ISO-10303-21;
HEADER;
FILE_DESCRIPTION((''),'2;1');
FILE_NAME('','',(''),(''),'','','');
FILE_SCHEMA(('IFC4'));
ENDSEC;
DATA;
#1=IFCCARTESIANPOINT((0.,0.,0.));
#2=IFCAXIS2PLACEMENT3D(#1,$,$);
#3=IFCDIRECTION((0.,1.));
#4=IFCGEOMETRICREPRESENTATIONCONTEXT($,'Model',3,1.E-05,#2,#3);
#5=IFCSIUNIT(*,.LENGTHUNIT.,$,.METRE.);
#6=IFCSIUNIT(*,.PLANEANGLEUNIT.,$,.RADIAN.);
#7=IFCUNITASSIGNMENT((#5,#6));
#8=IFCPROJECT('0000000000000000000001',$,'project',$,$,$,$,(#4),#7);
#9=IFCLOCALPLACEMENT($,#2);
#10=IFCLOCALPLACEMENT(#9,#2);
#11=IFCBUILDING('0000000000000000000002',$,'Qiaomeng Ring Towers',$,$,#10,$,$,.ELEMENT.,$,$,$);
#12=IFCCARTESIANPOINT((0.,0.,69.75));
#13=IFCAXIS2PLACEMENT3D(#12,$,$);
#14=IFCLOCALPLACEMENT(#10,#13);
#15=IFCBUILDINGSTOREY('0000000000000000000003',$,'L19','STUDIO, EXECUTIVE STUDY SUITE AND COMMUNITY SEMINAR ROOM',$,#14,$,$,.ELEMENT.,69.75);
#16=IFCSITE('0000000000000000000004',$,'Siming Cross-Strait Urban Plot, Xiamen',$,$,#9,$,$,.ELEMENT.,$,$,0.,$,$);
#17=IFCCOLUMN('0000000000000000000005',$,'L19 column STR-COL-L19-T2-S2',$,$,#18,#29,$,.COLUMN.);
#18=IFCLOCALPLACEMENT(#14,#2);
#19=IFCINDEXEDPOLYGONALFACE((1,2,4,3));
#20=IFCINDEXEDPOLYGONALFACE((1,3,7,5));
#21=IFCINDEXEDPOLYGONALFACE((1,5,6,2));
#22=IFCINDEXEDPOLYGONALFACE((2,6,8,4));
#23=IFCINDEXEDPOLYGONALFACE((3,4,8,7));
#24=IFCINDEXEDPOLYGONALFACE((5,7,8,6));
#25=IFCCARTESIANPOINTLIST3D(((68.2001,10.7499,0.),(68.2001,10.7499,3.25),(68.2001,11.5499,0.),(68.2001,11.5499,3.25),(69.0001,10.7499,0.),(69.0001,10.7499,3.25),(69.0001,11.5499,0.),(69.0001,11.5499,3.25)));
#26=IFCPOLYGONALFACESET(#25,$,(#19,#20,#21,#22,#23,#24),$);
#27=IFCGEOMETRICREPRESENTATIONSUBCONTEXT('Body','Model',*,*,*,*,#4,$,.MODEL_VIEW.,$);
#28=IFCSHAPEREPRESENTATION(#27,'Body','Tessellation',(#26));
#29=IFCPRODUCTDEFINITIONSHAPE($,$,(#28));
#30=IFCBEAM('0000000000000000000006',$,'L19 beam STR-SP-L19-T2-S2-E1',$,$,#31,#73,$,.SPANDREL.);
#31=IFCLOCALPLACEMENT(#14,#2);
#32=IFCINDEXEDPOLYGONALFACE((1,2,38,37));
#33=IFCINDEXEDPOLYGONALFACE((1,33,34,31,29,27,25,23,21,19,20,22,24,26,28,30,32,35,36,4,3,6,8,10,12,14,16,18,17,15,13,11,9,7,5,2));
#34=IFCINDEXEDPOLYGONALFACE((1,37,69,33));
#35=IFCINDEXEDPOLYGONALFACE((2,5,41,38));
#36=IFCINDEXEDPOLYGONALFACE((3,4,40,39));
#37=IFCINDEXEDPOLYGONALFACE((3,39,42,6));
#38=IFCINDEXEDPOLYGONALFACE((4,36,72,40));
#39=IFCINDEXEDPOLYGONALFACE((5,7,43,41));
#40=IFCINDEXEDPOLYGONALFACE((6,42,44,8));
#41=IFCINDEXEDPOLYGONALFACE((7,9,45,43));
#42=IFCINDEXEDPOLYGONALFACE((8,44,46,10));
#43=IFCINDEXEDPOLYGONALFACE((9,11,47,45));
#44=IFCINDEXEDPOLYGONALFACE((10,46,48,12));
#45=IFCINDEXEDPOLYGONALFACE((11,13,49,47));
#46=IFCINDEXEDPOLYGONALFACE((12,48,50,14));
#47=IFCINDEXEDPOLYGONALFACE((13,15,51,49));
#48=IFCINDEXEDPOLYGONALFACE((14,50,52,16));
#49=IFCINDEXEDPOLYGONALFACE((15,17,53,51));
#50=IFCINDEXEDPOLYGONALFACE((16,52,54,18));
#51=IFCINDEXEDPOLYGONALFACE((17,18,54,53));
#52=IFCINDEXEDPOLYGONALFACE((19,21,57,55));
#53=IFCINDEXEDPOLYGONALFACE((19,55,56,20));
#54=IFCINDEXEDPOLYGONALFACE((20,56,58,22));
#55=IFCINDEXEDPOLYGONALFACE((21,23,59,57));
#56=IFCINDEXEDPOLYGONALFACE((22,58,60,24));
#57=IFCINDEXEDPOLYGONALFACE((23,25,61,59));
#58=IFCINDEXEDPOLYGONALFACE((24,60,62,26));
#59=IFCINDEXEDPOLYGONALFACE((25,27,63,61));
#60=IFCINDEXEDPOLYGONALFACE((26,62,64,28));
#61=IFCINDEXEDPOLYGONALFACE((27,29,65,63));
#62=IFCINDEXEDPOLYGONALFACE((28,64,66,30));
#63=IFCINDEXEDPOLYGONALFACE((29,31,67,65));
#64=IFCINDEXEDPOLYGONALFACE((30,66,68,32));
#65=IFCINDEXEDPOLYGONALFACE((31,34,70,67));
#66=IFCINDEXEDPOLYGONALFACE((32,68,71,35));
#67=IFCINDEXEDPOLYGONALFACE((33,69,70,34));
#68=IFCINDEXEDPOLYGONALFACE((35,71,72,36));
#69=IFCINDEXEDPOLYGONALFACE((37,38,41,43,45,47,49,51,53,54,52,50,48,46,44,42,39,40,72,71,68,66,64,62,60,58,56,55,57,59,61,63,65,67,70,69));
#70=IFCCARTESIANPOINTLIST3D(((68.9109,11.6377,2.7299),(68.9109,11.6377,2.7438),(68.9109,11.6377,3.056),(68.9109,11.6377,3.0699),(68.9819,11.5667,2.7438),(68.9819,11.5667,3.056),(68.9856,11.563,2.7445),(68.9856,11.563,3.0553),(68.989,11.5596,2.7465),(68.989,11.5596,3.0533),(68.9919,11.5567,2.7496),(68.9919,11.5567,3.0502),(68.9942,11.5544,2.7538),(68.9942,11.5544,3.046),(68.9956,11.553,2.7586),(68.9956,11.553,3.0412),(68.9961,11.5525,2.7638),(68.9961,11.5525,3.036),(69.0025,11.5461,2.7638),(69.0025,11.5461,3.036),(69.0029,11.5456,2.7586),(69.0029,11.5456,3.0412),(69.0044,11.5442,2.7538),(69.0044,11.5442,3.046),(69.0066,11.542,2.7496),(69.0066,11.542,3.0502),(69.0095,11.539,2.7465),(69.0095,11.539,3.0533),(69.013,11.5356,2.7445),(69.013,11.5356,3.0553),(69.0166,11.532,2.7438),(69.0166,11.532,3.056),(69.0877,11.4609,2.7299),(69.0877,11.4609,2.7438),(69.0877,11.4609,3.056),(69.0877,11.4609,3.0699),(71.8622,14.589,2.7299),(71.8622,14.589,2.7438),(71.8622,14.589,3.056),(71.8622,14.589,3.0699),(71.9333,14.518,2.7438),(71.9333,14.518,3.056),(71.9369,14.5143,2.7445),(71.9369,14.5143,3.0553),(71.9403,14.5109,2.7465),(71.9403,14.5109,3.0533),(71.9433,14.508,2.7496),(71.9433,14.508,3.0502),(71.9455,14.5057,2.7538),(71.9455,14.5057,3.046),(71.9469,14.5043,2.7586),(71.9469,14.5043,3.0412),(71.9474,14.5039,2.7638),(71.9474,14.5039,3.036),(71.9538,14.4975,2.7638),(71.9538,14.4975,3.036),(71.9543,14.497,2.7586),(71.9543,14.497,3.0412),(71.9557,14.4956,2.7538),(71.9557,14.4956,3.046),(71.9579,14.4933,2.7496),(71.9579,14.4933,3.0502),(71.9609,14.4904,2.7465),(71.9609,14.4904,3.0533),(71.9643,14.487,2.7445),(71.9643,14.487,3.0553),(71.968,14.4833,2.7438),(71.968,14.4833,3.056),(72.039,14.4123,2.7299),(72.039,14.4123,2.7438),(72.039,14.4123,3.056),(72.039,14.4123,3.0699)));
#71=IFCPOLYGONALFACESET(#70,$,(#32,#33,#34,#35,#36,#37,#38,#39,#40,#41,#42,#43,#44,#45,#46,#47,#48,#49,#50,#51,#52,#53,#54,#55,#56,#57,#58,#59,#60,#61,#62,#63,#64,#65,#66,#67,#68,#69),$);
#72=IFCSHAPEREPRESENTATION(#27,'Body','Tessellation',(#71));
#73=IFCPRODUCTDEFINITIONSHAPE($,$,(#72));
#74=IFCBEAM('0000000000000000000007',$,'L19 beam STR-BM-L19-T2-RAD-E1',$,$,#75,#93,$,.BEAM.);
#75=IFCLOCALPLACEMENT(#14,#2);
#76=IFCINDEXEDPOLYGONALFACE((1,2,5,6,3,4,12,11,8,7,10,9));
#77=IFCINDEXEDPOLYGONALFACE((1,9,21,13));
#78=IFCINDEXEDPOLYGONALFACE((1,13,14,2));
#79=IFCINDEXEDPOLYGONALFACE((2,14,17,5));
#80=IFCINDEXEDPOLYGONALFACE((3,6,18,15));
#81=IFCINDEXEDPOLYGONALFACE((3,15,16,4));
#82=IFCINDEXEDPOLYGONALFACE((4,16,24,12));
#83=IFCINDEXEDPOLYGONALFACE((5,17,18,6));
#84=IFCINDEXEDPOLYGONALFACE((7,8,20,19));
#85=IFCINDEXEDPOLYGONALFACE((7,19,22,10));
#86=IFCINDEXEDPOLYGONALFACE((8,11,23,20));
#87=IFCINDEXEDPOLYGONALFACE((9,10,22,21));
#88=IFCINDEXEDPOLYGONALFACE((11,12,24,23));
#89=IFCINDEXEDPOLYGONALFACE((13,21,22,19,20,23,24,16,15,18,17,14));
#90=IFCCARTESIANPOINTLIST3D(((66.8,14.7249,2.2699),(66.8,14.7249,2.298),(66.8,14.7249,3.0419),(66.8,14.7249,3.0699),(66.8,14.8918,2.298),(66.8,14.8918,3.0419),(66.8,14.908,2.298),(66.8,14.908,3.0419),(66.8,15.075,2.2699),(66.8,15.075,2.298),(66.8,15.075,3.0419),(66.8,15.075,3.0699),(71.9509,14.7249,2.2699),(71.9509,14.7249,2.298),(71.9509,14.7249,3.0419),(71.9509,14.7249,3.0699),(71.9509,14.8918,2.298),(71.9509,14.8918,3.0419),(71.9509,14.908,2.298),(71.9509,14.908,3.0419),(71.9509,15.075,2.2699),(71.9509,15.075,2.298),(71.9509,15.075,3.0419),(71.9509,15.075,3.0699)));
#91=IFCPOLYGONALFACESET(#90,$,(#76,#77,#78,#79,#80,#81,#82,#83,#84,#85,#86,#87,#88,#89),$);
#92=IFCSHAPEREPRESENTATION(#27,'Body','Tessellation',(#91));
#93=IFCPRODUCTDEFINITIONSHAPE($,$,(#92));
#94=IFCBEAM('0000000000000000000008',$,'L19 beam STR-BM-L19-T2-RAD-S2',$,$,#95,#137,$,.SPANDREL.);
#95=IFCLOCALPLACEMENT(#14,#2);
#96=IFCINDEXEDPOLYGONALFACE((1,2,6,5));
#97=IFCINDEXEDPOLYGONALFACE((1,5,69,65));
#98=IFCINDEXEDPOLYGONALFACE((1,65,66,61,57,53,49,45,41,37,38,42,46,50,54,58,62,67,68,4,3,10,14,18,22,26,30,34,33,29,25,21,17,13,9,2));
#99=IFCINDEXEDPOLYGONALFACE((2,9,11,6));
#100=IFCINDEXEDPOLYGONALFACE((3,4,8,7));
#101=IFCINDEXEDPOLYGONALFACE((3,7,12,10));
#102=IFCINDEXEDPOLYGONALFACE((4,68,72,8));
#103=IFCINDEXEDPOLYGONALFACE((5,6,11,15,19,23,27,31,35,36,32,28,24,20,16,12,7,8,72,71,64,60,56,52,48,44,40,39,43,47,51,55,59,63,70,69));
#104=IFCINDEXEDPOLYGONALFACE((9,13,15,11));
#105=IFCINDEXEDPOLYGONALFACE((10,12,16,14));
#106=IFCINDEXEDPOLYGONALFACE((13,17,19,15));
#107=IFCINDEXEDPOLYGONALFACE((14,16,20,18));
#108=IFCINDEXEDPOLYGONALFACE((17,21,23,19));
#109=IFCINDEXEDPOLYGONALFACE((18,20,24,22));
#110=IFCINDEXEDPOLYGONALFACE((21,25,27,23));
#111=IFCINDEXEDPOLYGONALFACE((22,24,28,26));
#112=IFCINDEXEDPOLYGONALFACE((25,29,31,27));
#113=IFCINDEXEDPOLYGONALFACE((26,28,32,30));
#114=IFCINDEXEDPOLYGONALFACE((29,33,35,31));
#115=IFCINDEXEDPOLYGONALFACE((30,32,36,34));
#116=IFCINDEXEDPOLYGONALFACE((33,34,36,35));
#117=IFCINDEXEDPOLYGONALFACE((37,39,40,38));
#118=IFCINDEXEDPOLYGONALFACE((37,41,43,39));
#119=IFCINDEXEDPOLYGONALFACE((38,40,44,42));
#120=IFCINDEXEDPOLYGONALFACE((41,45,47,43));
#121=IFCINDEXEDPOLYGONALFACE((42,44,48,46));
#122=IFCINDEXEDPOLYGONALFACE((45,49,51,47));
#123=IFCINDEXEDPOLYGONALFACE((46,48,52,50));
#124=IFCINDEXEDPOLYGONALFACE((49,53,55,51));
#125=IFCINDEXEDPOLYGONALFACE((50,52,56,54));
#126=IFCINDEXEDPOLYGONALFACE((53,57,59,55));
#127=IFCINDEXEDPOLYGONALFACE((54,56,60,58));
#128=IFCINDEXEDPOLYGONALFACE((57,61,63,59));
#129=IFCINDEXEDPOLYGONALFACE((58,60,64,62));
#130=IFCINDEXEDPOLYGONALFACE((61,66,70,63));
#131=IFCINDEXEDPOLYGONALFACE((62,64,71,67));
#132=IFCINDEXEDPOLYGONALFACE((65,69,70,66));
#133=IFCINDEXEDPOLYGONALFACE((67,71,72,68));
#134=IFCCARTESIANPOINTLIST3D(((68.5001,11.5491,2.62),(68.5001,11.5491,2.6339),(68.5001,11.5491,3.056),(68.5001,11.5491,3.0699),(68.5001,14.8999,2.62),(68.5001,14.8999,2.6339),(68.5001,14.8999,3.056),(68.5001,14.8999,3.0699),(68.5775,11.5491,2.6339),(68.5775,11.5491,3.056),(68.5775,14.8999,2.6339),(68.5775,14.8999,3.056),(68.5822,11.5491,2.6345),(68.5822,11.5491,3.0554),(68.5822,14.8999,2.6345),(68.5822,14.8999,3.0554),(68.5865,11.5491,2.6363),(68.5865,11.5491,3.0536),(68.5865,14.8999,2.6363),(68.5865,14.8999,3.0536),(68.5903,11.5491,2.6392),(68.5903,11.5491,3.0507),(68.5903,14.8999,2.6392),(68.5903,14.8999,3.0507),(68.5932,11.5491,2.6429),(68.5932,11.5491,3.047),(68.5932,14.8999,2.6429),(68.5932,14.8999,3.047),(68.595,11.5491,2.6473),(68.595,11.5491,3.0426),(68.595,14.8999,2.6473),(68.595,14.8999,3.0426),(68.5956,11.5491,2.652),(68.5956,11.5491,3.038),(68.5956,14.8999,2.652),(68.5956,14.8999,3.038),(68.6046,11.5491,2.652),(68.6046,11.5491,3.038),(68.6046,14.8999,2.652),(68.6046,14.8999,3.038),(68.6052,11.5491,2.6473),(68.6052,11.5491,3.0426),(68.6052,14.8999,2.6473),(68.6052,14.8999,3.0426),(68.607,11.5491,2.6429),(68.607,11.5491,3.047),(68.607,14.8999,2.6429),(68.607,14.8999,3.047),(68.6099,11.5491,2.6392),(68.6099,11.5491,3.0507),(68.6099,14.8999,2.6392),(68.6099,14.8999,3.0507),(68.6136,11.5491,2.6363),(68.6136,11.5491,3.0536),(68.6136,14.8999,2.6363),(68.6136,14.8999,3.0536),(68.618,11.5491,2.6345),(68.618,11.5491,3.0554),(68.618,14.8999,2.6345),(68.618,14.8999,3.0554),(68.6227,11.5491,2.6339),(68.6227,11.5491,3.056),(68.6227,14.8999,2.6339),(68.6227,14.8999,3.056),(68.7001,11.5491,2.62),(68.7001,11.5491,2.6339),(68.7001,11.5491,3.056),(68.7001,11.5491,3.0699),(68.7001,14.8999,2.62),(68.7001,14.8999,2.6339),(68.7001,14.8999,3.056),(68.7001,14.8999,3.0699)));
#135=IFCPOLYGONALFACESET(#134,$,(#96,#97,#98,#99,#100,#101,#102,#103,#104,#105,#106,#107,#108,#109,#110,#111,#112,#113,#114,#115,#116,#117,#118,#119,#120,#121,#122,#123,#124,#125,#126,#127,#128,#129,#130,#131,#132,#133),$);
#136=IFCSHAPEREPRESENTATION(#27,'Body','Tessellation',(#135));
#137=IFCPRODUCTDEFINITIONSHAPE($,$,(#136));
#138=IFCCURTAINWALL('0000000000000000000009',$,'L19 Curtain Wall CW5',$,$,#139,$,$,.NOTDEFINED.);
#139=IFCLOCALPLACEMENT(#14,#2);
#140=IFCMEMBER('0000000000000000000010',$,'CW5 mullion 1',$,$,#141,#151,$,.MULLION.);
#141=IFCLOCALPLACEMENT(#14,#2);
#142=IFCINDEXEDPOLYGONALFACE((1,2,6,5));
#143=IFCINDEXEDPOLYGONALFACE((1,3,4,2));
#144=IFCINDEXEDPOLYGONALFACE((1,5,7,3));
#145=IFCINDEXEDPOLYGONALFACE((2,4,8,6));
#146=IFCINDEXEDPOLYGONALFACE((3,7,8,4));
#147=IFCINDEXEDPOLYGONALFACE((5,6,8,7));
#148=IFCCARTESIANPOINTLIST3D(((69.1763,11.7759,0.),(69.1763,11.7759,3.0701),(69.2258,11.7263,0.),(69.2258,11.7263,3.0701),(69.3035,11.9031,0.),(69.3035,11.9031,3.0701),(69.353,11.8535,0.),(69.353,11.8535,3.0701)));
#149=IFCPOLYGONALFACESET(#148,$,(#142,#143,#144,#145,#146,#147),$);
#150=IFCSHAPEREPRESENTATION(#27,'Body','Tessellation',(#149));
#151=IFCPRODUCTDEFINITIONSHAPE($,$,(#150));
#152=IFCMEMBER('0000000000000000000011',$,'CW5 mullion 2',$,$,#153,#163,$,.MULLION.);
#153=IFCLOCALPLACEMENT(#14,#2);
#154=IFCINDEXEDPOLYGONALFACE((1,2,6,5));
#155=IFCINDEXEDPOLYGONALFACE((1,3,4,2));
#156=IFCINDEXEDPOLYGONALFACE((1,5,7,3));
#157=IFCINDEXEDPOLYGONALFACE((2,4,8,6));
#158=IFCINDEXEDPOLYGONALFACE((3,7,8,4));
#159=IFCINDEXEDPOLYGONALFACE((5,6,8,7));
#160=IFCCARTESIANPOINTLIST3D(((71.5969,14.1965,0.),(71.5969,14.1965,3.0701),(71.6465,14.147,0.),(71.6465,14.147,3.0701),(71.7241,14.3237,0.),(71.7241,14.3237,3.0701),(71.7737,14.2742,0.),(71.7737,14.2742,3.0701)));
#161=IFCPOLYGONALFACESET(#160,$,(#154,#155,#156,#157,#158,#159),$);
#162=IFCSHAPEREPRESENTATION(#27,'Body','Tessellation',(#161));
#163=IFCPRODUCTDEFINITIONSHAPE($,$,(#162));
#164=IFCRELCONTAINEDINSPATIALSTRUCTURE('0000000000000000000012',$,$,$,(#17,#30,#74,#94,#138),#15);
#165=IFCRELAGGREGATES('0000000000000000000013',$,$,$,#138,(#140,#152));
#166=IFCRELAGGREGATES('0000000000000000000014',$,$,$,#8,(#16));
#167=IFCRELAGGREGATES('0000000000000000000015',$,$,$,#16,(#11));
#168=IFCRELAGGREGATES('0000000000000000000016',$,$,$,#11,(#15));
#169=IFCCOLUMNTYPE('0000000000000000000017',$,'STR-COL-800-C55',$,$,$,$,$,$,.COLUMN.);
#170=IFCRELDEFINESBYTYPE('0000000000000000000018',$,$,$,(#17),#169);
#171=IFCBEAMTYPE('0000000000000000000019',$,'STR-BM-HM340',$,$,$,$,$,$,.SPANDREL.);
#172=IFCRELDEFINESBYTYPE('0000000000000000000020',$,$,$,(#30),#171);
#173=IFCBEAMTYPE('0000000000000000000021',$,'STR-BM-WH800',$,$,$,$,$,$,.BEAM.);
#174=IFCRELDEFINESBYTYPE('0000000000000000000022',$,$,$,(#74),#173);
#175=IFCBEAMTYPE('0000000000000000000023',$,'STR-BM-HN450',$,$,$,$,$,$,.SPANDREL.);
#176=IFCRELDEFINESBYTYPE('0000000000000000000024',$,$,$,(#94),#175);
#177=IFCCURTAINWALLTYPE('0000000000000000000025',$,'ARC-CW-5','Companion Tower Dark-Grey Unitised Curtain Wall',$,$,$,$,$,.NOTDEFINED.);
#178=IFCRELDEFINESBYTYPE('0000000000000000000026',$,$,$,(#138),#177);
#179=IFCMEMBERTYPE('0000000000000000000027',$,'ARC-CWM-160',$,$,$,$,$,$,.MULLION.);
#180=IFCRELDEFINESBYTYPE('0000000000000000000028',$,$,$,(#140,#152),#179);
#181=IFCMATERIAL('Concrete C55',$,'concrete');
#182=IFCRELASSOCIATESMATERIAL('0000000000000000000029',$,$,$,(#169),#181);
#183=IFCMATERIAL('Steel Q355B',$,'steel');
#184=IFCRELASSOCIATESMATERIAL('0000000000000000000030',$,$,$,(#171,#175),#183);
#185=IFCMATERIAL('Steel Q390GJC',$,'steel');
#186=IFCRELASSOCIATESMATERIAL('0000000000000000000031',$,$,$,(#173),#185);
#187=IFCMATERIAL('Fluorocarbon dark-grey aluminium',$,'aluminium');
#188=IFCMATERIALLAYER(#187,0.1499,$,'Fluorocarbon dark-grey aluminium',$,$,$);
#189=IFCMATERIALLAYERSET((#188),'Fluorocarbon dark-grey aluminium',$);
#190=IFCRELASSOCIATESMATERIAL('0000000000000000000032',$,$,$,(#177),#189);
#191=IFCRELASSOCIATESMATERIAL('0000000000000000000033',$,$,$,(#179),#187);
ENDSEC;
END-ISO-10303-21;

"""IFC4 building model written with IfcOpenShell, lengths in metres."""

from ifc_helpers import new_model, si_unit, direction, frame, origin, origin_2d, place, context, subcontext, project, spatial, rectangle, i_section, extrude, source, transform, mapped, material, layer, layer_set, material_profile, profile_set, type_object, element, aggregate, save


model = new_model("IFC4")

# Units and contexts
model_context = context("Model", 3, precision=1e-05, world=origin(), true_north=direction((0.0, 1.0)))
body_context = subcontext(model_context, "Body", "Model", "MODEL_VIEW")
ifc_project = project(units=[si_unit("LENGTHUNIT", "METRE"), si_unit("PLANEANGLEUNIT", "RADIAN")], contexts=[model_context])

# Site, building, storey
site_placement = place(None, origin())
site = spatial("IfcSite", under=ifc_project, at=site_placement, Name="Siming Cross-Strait Urban Plot, Xiamen", CompositionType="ELEMENT", RefElevation=0.0)
building_placement = place(site_placement, origin())
building = spatial("IfcBuilding", under=site, at=building_placement, Name="Qiaomeng Ring Towers", CompositionType="ELEMENT")
storey_placement = place(building_placement, frame((0.0, 0.0, 69.75)))
storey = spatial("IfcBuildingStorey", under=building, at=storey_placement, Name="L19", Description="STUDIO, EXECUTIVE STUDY SUITE AND COMMUNITY SEMINAR ROOM", CompositionType="ELEMENT", Elevation=69.75)

# Column
ifc_material_1 = material(Name="Concrete C55", Category="concrete")
ifc_material_profile_1 = material_profile(ifc_material_1, rectangle(XDim=0.8, YDim=0.8, at=origin_2d()), Name="RC COL 800x800")
ifc_profile_set_1 = profile_set([ifc_material_profile_1], Name="Concrete C55")
column_type = type_object("IfcColumnType", Name="STR-COL-800-C55", PredefinedType="COLUMN", material=ifc_profile_set_1)
shared_shape_1 = source(origin(), body_context, "Body", "SweptSolid", [
    extrude(rectangle(XDim=0.8, YDim=0.8, at=origin_2d()), origin(), (0.0, 0.0, 1.0), 3.25),
])
column_placement = place(storey_placement, frame((68.6001, 11.1499, 0.0), z_axis=(0.0, 0.0, 1.0), x_axis=(1.0, 0.0, 0.0)))
element("IfcColumn", 1, at=column_placement, inside=storey, type_object=column_type, Name="L19 column STR-COL-L19-T2-S2", PredefinedType="COLUMN", context=body_context, shape_type="MappedRepresentation", body=[
    mapped(shared_shape_1, transform((0.0, 0.0, 0.0), x_axis=(1.0, 0.0, 0.0), y_axis=(0.0, 1.0, 0.0), z_axis=(0.0, 0.0, 1.0), scale=1.0)),
])

# Beams
ifc_material_2 = material(Name="Steel Q355B", Category="steel")
ifc_material_profile_2 = material_profile(ifc_material_2, i_section(OverallWidth=0.25, OverallDepth=0.3401, WebThickness=0.009, FlangeThickness=0.0139, FilletRadius=0.02, at=origin_2d()), Name="HM 340x250x9x14")
ifc_profile_set_2 = profile_set([ifc_material_profile_2], Name="Steel Q355B")
beam_type_1 = type_object("IfcBeamType", Name="STR-BM-HM340", PredefinedType="SPANDREL", material=ifc_profile_set_2)
shared_shape_2 = source(origin(), body_context, "Body", "SweptSolid", [
    extrude(i_section(OverallWidth=0.25, OverallDepth=0.3401, WebThickness=0.009, FlangeThickness=0.0139, FilletRadius=0.02, at=origin_2d()), origin(), (0.0, 0.0, 1.0), 4.1738),
])
beam_1_placement = place(storey_placement, frame((68.9993, 11.5493, 2.8999), z_axis=(0.707107, 0.707107, 0.0), x_axis=(-0.707107, 0.707107, 0.0)))
element("IfcBeam", 2, at=beam_1_placement, inside=storey, type_object=beam_type_1, Name="L19 beam STR-SP-L19-T2-S2-E1", PredefinedType="SPANDREL", context=body_context, shape_type="MappedRepresentation", body=[
    mapped(shared_shape_2, transform((0.0, 0.0, 0.0), x_axis=(1.0, 0.0, 0.0), y_axis=(0.0, 1.0, 0.0), z_axis=(0.0, 0.0, 1.0), scale=1.0)),
])
ifc_material_3 = material(Name="Steel Q390GJC", Category="steel")
ifc_material_profile_3 = material_profile(ifc_material_3, i_section(OverallWidth=0.3501, OverallDepth=0.8, WebThickness=0.0161, FlangeThickness=0.0281, at=origin_2d()), Name="WH 800x350x16x28")
ifc_profile_set_3 = profile_set([ifc_material_profile_3], Name="Steel Q390GJC")
beam_type_2 = type_object("IfcBeamType", Name="STR-BM-WH800", PredefinedType="BEAM", material=ifc_profile_set_3)
shared_shape_3 = source(origin(), body_context, "Body", "SweptSolid", [
    extrude(i_section(OverallWidth=0.3501, OverallDepth=0.8, WebThickness=0.0161, FlangeThickness=0.0281, at=origin_2d()), origin(), (0.0, 0.0, 1.0), 5.1509),
])
beam_2_placement = place(storey_placement, frame((66.8, 14.8999, 2.6699), z_axis=(1.0, 0.0, 0.0), x_axis=(0.0, 1.0, 0.0)))
element("IfcBeam", 3, at=beam_2_placement, inside=storey, type_object=beam_type_2, Name="L19 beam STR-BM-L19-T2-RAD-E1", PredefinedType="BEAM", context=body_context, shape_type="MappedRepresentation", body=[
    mapped(shared_shape_3, transform((0.0, 0.0, 0.0), x_axis=(1.0, 0.0, 0.0), y_axis=(0.0, 1.0, 0.0), z_axis=(0.0, 0.0, 1.0), scale=1.0)),
])
ifc_material_profile_4 = material_profile(ifc_material_2, i_section(OverallWidth=0.2, OverallDepth=0.45, WebThickness=0.009, FlangeThickness=0.0139, FilletRadius=0.0181, at=origin_2d()), Name="HN 450x200x9x14")
ifc_profile_set_4 = profile_set([ifc_material_profile_4], Name="Steel Q355B")
beam_type_3 = type_object("IfcBeamType", Name="STR-BM-HN450", PredefinedType="SPANDREL", material=ifc_profile_set_4)
shared_shape_4 = source(origin(), body_context, "Body", "SweptSolid", [
    extrude(i_section(OverallWidth=0.2, OverallDepth=0.45, WebThickness=0.009, FlangeThickness=0.0139, FilletRadius=0.0181, at=origin_2d()), origin(), (0.0, 0.0, 1.0), 3.3508),
])
beam_3_placement = place(storey_placement, frame((68.6001, 11.5491, 2.845), z_axis=(0.0, 1.0, 0.0), x_axis=(-1.0, 0.0, 0.0)))
element("IfcBeam", 4, at=beam_3_placement, inside=storey, type_object=beam_type_3, Name="L19 beam STR-BM-L19-T2-RAD-S2", PredefinedType="SPANDREL", context=body_context, shape_type="MappedRepresentation", body=[
    mapped(shared_shape_4, transform((0.0, 0.0, 0.0), x_axis=(1.0, 0.0, 0.0), y_axis=(0.0, 1.0, 0.0), z_axis=(0.0, 0.0, 1.0), scale=1.0)),
])

# Curtain wall, members
ifc_material_4 = material(Name="Fluorocarbon dark-grey aluminium", Category="aluminium")
ifc_layer_1 = layer(ifc_material_4, 0.1499, Name="Fluorocarbon dark-grey aluminium")
ifc_layer_set_1 = layer_set([ifc_layer_1], Name="Fluorocarbon dark-grey aluminium")
curtain_wall_type = type_object("IfcCurtainWallType", Name="ARC-CW-5", Description="Companion Tower Dark-Grey Unitised Curtain Wall", PredefinedType="NOTDEFINED", material=ifc_layer_set_1)
curtain_wall_placement = place(storey_placement, origin())
curtain_wall = element("IfcCurtainWall", 5, at=curtain_wall_placement, inside=storey, type_object=curtain_wall_type, Name="L19 Curtain Wall CW5", PredefinedType="NOTDEFINED")
ifc_material_profile_5 = material_profile(ifc_material_4, rectangle(XDim=0.0701, YDim=0.1799, at=origin_2d()), Name="ALU MULL 70x180")
ifc_profile_set_5 = profile_set([ifc_material_profile_5], Name="Fluorocarbon dark-grey aluminium")
member_type_1 = type_object("IfcMemberType", Name="ARC-CWM-160", PredefinedType="MULLION", material=ifc_profile_set_5)
shared_shape_5 = source(origin(), body_context, "Body", "SweptSolid", [
    extrude(rectangle(XDim=0.0701, YDim=0.1799, at=origin_2d()), origin(), (0.0, 0.0, 1.0), 3.0701),
])
member_1_placement = place(storey_placement, frame((69.2646, 11.8147, 0.0), z_axis=(0.0, 0.0, 1.0), x_axis=(-0.707107, 0.707107, 0.0)))
member_1 = element("IfcMember", 6, at=member_1_placement, type_object=member_type_1, Name="CW5 mullion 1", PredefinedType="MULLION", context=body_context, shape_type="MappedRepresentation", body=[
    mapped(shared_shape_5, transform((0.0, 0.0, 0.0), x_axis=(1.0, 0.0, 0.0), y_axis=(0.0, 1.0, 0.0), z_axis=(0.0, 0.0, 1.0), scale=1.0)),
])
member_2_placement = place(storey_placement, frame((71.6853, 14.2354, 0.0), z_axis=(0.0, 0.0, 1.0), x_axis=(-0.707107, 0.707107, 0.0)))
member_2 = element("IfcMember", 7, at=member_2_placement, type_object=member_type_1, Name="CW5 mullion 2", PredefinedType="MULLION", context=body_context, shape_type="MappedRepresentation", body=[
    mapped(shared_shape_5, transform((0.0, 0.0, 0.0), x_axis=(1.0, 0.0, 0.0), y_axis=(0.0, 1.0, 0.0), z_axis=(0.0, 0.0, 1.0), scale=1.0)),
])
aggregate(curtain_wall, [member_1, member_2])

save(model, "model.ifc")
